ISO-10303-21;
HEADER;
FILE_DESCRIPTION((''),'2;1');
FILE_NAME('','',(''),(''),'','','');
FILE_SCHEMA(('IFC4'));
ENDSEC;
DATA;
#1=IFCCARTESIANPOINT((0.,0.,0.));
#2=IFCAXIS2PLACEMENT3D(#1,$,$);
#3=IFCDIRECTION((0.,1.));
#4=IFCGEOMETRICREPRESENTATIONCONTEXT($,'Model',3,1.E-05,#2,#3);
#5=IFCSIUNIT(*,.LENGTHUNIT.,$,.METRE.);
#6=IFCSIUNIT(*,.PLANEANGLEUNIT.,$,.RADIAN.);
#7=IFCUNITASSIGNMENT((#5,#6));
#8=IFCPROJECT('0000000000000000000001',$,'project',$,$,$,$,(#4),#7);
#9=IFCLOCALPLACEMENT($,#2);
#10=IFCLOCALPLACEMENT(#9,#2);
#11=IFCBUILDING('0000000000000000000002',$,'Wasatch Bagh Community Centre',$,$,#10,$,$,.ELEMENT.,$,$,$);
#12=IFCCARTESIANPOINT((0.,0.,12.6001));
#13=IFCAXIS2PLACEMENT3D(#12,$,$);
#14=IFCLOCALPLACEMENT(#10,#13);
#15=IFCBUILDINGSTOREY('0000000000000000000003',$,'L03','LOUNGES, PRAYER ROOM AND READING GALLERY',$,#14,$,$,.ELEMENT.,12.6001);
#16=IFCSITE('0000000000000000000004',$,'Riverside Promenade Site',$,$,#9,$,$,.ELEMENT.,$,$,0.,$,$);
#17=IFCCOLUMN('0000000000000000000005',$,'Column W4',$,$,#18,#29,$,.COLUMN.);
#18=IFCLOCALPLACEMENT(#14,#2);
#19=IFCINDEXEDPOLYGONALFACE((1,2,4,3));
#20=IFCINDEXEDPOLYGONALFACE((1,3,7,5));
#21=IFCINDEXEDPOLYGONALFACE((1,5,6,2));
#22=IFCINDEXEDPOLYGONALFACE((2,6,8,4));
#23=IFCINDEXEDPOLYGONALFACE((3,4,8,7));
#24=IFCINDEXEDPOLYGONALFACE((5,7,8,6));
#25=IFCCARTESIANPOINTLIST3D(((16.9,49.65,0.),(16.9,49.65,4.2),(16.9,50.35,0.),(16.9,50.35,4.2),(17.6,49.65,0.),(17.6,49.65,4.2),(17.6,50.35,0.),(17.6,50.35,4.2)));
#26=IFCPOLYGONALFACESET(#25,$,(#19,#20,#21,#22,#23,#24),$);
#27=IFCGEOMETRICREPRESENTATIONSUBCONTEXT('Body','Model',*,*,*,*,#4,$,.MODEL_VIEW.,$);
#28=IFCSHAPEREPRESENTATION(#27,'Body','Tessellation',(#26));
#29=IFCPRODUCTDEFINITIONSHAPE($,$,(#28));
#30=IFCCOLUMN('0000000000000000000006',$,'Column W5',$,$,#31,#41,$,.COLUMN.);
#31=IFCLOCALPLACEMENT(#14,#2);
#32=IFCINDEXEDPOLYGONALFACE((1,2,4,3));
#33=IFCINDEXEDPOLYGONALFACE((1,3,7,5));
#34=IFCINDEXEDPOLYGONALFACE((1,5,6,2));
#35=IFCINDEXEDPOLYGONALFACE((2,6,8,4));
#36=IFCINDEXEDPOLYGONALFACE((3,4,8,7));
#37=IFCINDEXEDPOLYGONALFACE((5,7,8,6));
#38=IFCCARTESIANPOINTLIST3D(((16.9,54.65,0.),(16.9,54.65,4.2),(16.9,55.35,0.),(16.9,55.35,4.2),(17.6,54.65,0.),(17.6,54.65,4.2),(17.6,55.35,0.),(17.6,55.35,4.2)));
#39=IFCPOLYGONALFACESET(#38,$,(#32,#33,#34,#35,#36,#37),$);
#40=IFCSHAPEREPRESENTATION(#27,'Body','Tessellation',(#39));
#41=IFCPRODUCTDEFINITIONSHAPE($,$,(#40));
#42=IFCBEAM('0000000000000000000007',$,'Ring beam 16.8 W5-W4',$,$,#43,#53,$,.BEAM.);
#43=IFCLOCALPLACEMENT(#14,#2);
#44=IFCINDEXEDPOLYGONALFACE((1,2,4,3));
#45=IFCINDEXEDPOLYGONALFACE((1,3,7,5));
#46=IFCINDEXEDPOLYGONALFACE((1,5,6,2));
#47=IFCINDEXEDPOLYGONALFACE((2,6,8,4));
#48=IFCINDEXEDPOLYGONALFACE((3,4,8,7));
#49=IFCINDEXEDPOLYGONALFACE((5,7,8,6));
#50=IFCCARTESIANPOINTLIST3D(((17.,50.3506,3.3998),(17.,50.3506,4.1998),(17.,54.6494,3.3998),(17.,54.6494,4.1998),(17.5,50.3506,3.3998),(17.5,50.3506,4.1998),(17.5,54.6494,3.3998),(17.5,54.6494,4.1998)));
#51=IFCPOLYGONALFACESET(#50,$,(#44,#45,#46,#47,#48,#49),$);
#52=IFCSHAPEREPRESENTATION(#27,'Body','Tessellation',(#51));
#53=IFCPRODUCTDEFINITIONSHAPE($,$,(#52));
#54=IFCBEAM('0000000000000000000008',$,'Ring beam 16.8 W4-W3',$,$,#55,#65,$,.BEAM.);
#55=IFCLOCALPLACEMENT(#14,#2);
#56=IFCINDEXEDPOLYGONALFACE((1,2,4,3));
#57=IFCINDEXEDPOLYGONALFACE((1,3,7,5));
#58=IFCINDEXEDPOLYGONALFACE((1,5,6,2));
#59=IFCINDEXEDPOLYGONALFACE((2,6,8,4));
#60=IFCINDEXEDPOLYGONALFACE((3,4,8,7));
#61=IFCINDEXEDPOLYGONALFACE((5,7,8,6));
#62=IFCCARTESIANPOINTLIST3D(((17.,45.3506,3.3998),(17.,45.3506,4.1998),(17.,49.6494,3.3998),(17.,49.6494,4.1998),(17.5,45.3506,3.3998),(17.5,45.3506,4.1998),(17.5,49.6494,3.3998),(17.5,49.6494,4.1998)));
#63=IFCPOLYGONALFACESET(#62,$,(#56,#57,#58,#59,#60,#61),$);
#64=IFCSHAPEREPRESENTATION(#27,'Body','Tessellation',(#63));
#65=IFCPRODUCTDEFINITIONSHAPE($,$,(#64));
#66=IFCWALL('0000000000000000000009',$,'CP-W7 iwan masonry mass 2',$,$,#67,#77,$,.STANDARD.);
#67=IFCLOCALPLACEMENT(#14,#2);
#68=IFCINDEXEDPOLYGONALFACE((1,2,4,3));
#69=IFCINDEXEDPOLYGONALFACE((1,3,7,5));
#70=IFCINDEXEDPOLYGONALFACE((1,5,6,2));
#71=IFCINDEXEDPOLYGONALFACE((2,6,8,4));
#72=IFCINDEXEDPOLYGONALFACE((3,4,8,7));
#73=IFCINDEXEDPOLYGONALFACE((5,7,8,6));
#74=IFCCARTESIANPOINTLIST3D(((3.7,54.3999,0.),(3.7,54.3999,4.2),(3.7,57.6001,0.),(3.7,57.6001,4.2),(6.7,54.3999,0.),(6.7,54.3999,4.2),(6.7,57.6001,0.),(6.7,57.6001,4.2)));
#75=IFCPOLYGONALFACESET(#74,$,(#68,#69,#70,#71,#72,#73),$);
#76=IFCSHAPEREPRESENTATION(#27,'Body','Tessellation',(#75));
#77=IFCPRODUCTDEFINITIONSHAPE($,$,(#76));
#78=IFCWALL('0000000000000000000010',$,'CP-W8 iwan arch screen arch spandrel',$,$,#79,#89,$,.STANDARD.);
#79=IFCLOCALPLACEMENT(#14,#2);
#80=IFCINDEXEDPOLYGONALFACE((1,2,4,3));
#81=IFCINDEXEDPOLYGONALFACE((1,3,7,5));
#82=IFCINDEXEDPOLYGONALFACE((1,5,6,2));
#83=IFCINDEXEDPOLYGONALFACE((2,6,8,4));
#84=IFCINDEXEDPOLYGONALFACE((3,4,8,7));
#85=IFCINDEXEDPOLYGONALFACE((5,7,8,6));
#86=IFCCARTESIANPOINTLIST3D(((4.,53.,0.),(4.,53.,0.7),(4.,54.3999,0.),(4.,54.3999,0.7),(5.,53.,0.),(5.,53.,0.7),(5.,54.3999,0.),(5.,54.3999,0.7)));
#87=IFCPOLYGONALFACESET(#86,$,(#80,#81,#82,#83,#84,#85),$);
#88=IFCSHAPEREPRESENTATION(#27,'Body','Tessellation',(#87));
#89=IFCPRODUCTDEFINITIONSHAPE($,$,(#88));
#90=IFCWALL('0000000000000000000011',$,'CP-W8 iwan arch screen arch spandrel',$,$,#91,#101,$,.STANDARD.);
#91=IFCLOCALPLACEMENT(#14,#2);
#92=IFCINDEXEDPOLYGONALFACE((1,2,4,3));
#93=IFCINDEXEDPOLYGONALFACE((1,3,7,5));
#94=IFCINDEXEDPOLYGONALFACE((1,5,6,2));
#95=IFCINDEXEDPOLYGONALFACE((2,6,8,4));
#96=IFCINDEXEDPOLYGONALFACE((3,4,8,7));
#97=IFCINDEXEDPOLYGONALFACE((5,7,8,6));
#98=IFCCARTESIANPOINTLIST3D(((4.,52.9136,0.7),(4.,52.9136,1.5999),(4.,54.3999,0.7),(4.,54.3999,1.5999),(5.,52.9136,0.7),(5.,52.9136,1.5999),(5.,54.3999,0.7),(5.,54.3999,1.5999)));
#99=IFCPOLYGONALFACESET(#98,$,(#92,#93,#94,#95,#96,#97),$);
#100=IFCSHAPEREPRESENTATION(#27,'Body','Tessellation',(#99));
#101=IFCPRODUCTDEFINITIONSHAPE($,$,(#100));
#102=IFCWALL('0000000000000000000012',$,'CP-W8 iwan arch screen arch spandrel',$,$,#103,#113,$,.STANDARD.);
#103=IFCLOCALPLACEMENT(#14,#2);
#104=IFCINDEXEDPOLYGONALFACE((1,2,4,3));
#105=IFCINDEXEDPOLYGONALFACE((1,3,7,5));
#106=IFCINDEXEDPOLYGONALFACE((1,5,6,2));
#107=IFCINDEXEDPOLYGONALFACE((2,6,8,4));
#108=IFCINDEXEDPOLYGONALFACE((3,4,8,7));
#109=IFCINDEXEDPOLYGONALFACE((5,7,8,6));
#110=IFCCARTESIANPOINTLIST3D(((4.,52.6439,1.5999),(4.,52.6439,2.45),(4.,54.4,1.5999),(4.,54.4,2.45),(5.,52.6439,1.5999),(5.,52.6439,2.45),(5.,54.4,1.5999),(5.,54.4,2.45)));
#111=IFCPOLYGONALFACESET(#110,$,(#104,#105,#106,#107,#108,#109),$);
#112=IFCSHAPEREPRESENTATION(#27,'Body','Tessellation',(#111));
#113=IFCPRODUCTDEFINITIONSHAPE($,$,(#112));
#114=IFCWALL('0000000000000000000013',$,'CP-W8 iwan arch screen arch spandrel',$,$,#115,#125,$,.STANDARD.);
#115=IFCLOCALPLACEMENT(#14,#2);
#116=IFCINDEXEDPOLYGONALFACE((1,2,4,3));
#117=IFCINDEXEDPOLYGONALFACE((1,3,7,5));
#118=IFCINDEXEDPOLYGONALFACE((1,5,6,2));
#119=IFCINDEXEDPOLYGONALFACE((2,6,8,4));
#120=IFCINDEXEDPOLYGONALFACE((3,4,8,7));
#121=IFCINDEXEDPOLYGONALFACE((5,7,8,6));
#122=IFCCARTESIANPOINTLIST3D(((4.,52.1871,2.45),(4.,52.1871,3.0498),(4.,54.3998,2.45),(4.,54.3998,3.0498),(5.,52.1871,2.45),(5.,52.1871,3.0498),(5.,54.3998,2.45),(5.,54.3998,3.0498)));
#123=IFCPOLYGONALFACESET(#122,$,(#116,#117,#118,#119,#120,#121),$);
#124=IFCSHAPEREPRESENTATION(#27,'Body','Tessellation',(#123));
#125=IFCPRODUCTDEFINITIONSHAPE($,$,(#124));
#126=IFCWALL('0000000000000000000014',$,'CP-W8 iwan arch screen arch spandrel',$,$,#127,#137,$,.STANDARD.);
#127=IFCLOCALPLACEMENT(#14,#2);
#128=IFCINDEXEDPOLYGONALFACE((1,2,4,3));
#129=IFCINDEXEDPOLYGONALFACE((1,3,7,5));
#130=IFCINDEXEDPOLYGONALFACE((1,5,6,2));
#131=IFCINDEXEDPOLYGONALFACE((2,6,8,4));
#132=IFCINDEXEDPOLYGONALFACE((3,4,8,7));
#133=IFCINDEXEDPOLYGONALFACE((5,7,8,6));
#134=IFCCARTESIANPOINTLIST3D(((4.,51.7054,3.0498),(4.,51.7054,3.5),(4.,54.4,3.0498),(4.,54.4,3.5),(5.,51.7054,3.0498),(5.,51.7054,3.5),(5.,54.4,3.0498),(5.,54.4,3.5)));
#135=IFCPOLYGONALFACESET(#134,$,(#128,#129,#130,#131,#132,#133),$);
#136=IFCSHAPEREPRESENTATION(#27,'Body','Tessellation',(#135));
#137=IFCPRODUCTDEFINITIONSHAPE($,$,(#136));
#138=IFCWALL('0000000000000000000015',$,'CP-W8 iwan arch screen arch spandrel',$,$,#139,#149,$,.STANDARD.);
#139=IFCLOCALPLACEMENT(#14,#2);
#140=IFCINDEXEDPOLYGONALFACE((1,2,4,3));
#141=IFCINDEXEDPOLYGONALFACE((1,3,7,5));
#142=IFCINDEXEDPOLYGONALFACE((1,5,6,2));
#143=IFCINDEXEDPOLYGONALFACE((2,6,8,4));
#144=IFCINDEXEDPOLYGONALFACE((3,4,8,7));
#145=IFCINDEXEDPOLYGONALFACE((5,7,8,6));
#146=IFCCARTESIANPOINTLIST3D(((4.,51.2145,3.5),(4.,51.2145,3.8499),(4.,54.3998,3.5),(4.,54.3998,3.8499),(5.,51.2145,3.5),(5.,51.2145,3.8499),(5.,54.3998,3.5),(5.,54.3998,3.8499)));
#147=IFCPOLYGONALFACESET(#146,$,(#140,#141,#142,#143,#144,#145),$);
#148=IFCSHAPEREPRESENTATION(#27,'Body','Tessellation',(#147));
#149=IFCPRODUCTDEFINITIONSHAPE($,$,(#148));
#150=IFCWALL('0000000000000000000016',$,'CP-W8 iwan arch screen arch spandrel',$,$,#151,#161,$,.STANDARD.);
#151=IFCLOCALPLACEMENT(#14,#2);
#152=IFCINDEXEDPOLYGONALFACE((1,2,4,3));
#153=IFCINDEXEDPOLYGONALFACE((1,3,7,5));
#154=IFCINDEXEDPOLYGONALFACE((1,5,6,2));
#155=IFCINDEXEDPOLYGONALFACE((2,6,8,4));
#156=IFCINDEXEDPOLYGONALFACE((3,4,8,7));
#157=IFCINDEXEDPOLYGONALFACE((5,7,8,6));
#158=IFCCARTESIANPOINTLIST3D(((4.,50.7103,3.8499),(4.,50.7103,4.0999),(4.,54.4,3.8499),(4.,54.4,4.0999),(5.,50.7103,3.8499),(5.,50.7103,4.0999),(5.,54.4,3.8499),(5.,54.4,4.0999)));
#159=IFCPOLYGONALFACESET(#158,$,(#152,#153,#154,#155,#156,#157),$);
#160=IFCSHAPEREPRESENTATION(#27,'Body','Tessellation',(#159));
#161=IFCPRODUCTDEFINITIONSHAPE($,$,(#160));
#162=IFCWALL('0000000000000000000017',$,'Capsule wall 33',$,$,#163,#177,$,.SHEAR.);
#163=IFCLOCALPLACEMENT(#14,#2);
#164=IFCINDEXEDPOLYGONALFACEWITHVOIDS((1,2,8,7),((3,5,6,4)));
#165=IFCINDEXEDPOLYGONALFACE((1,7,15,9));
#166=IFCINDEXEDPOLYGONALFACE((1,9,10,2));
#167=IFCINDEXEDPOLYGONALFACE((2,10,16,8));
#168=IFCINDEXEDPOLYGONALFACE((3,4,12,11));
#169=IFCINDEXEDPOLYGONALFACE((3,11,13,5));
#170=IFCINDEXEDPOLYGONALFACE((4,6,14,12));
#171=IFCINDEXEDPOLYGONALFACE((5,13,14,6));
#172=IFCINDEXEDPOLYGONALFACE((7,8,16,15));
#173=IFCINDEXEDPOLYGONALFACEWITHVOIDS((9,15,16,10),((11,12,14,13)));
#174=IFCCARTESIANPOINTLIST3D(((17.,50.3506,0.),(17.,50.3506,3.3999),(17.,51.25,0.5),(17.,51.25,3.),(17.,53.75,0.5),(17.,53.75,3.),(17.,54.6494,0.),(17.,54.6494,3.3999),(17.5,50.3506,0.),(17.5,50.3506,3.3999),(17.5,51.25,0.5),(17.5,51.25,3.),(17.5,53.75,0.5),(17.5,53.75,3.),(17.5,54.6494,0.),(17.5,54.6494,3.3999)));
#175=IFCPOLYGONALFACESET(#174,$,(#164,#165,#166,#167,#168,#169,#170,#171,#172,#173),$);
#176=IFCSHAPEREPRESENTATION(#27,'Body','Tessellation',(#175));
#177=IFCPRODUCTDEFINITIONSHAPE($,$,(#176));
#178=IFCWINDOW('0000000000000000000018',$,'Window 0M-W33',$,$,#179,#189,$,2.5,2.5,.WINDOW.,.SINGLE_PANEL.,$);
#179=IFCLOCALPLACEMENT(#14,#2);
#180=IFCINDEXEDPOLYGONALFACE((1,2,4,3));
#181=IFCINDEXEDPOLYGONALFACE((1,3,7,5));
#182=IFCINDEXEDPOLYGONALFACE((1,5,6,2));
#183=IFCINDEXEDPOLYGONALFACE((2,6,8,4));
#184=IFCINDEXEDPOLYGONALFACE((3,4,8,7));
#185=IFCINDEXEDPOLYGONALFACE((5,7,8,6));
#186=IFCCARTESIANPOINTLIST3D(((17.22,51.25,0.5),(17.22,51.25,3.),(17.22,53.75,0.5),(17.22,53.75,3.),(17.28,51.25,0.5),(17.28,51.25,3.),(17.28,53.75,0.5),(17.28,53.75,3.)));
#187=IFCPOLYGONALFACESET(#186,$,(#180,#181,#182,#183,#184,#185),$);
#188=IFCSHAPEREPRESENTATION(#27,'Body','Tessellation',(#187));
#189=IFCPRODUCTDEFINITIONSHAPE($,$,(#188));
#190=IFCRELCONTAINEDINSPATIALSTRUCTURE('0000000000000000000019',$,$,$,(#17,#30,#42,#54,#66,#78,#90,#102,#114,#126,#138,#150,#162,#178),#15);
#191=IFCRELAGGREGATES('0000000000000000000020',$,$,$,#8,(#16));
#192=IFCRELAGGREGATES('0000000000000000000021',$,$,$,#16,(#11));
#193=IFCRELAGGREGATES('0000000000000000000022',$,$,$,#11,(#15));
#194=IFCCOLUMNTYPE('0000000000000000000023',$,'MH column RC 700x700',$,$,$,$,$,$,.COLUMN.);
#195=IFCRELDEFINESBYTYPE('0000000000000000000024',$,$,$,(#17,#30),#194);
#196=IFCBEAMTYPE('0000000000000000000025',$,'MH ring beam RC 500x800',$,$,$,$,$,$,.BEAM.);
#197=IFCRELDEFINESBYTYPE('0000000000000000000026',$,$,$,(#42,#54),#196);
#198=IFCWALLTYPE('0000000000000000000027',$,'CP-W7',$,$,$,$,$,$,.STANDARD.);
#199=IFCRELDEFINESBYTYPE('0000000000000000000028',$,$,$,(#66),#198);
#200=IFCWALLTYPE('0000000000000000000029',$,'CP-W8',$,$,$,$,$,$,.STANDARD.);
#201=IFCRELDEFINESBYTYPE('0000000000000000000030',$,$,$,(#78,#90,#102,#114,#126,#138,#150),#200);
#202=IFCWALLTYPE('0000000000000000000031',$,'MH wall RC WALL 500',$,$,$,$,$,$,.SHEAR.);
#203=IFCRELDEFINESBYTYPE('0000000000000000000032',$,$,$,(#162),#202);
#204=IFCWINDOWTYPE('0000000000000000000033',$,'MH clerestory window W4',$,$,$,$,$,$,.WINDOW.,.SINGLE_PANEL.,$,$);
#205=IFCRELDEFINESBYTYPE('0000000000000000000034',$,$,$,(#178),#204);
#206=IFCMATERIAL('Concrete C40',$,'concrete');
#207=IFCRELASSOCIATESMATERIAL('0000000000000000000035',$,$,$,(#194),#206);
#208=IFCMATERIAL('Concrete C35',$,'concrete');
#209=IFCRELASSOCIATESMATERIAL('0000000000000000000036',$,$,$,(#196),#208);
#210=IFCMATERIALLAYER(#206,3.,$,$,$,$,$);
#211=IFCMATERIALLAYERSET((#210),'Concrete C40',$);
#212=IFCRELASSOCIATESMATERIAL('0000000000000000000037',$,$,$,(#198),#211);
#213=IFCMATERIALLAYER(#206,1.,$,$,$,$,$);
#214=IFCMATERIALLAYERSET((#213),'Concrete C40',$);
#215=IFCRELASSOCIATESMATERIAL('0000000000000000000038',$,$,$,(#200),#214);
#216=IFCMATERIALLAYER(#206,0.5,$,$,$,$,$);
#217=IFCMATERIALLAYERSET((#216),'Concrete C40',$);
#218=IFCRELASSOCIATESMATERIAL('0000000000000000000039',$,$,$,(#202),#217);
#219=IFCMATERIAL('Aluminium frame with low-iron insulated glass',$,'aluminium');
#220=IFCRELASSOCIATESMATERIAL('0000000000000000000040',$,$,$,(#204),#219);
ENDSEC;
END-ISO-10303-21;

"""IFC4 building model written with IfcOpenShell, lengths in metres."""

from ifc_helpers import new_model, si_unit, direction, frame, frame_2d, origin, origin_2d, place, context, subcontext, project, spatial, rectangle, extrude, material, layer, layer_set, material_profile, profile_set, type_object, element, fill, save


model = new_model("IFC4")

# Units and contexts
model_context = context("Model", 3, precision=1e-05, world=origin(), true_north=direction((0.0, 1.0)))
body_context = subcontext(model_context, "Body", "Model", "MODEL_VIEW")
ifc_project = project(units=[si_unit("LENGTHUNIT", "METRE"), si_unit("PLANEANGLEUNIT", "RADIAN")], contexts=[model_context])

# Site, building, storey
site_placement = place(None, origin())
site = spatial("IfcSite", under=ifc_project, at=site_placement, Name="Riverside Promenade Site", CompositionType="ELEMENT", RefElevation=0.0)
building_placement = place(site_placement, origin())
building = spatial("IfcBuilding", under=site, at=building_placement, Name="Wasatch Bagh Community Centre", CompositionType="ELEMENT")
storey_placement = place(building_placement, frame((0.0, 0.0, 12.6001)))
storey = spatial("IfcBuildingStorey", under=building, at=storey_placement, Name="L03", Description="LOUNGES, PRAYER ROOM AND READING GALLERY", CompositionType="ELEMENT", Elevation=12.6001)

# Columns
ifc_material_1 = material(Name="Concrete C40", Category="concrete")
ifc_material_profile_1 = material_profile(ifc_material_1, rectangle(XDim=0.7, YDim=0.7, at=origin_2d()), Name="RC 700x700")
ifc_profile_set_1 = profile_set([ifc_material_profile_1], Name="Concrete C40")
column_type = type_object("IfcColumnType", Name="MH column RC 700x700", PredefinedType="COLUMN", material=ifc_profile_set_1)
for number, where, z_axis, x_axis, name in (
    (1, (17.25, 50.0, 0.0), (0.0, 0.0, 1.0), (1.0, 0.0, 0.0), "Column W4"),
    (2, (17.25, 55.0, 0.0), (0.0, 0.0, 1.0), (1.0, 0.0, 0.0), "Column W5"),
):
    element("IfcColumn", number, at=place(storey_placement, frame(where, z_axis=z_axis, x_axis=x_axis)), inside=storey, type_object=column_type, Name=name, PredefinedType="COLUMN", context=body_context, shape_type="SweptSolid", body=[
        extrude(rectangle(XDim=0.7, YDim=0.7, at=origin_2d()), origin(), (0.0, 0.0, 1.0), 4.2),
    ])

# Beams
ifc_material_2 = material(Name="Concrete C35", Category="concrete")
ifc_material_profile_2 = material_profile(ifc_material_2, rectangle(XDim=0.5, YDim=0.8, at=origin_2d()), Name="RC 500x800")
ifc_profile_set_2 = profile_set([ifc_material_profile_2], Name="Concrete C35")
beam_type = type_object("IfcBeamType", Name="MH ring beam RC 500x800", PredefinedType="BEAM", material=ifc_profile_set_2)
for number, where, z_axis, x_axis, name in (
    (3, (17.25, 54.6494, 3.7998), (0.0, -1.0, 0.0), (1.0, 0.0, 0.0), "Ring beam 16.8 W5-W4"),
    (4, (17.25, 49.6494, 3.7998), (0.0, -1.0, 0.0), (1.0, 0.0, 0.0), "Ring beam 16.8 W4-W3"),
):
    element("IfcBeam", number, at=place(storey_placement, frame(where, z_axis=z_axis, x_axis=x_axis)), inside=storey, type_object=beam_type, Name=name, PredefinedType="BEAM", context=body_context, shape_type="SweptSolid", body=[
        extrude(rectangle(XDim=0.5, YDim=0.8, at=origin_2d()), origin(), (0.0, 0.0, 1.0), 4.2988),
    ])

# Walls
ifc_layer_1 = layer(ifc_material_1, 3.0)
ifc_layer_set_1 = layer_set([ifc_layer_1], Name="Concrete C40")
wall_type_1 = type_object("IfcWallType", Name="CP-W7", PredefinedType="STANDARD", material=ifc_layer_set_1)
wall_1_placement = place(storey_placement, frame((5.2, 54.3999, 0.0), z_axis=(0.0, 0.0, 1.0), x_axis=(0.0, 1.0, 0.0)))
element("IfcWall", 5, at=wall_1_placement, inside=storey, type_object=wall_type_1, Name="CP-W7 iwan masonry mass 2", PredefinedType="STANDARD", context=body_context, shape_type="SweptSolid", body=[
    extrude(rectangle(XDim=3.2002, YDim=3.0, at=frame_2d((1.6001, 0.0))), origin(), (0.0, 0.0, 1.0), 4.2),
])
ifc_layer_2 = layer(ifc_material_1, 1.0)
ifc_layer_set_2 = layer_set([ifc_layer_2], Name="Concrete C40")
wall_type_2 = type_object("IfcWallType", Name="CP-W8", PredefinedType="STANDARD", material=ifc_layer_set_2)
wall_2_placement = place(storey_placement, frame((4.5, 54.3999, 0.0), z_axis=(0.0, 0.0, 1.0), x_axis=(0.0, -1.0, 0.0)))
element("IfcWall", 6, at=wall_2_placement, inside=storey, type_object=wall_type_2, Name="CP-W8 iwan arch screen arch spandrel", PredefinedType="STANDARD", context=body_context, shape_type="SweptSolid", body=[
    extrude(rectangle(XDim=1.3999, YDim=1.0, at=frame_2d((0.7, 0.0))), origin(), (0.0, 0.0, 1.0), 0.7),
])
wall_3_placement = place(storey_placement, frame((4.5, 54.3999, 0.7), z_axis=(0.0, 0.0, 1.0), x_axis=(0.0, -1.0, 0.0)))
element("IfcWall", 7, at=wall_3_placement, inside=storey, type_object=wall_type_2, Name="CP-W8 iwan arch screen arch spandrel", PredefinedType="STANDARD", context=body_context, shape_type="SweptSolid", body=[
    extrude(rectangle(XDim=1.4863, YDim=1.0, at=frame_2d((0.7432, 0.0))), origin(), (0.0, 0.0, 1.0), 0.8999),
])
wall_4_placement = place(storey_placement, frame((4.5, 54.3999, 1.5999), z_axis=(0.0, 0.0, 1.0), x_axis=(0.0, -1.0, 0.0)))
element("IfcWall", 8, at=wall_4_placement, inside=storey, type_object=wall_type_2, Name="CP-W8 iwan arch screen arch spandrel", PredefinedType="STANDARD", context=body_context, shape_type="SweptSolid", body=[
    extrude(rectangle(XDim=1.7561, YDim=1.0, at=frame_2d((0.8779, 0.0))), origin(), (0.0, 0.0, 1.0), 0.8501),
])
wall_5_placement = place(storey_placement, frame((4.5, 54.3999, 2.45), z_axis=(0.0, 0.0, 1.0), x_axis=(0.0, -1.0, 0.0)))
element("IfcWall", 9, at=wall_5_placement, inside=storey, type_object=wall_type_2, Name="CP-W8 iwan arch screen arch spandrel", PredefinedType="STANDARD", context=body_context, shape_type="SweptSolid", body=[
    extrude(rectangle(XDim=2.2126, YDim=1.0, at=frame_2d((1.1064, 0.0))), origin(), (0.0, 0.0, 1.0), 0.5999),
])
wall_6_placement = place(storey_placement, frame((4.5, 54.3999, 3.0498), z_axis=(0.0, 0.0, 1.0), x_axis=(0.0, -1.0, 0.0)))
element("IfcWall", 10, at=wall_6_placement, inside=storey, type_object=wall_type_2, Name="CP-W8 iwan arch screen arch spandrel", PredefinedType="STANDARD", context=body_context, shape_type="SweptSolid", body=[
    extrude(rectangle(XDim=2.6946, YDim=1.0, at=frame_2d((1.3472, 0.0))), origin(), (0.0, 0.0, 1.0), 0.4502),
])
wall_7_placement = place(storey_placement, frame((4.5, 54.3999, 3.5), z_axis=(0.0, 0.0, 1.0), x_axis=(0.0, -1.0, 0.0)))
element("IfcWall", 11, at=wall_7_placement, inside=storey, type_object=wall_type_2, Name="CP-W8 iwan arch screen arch spandrel", PredefinedType="STANDARD", context=body_context, shape_type="SweptSolid", body=[
    extrude(rectangle(XDim=3.1853, YDim=1.0, at=frame_2d((1.5928, 0.0))), origin(), (0.0, 0.0, 1.0), 0.3499),
])
wall_8_placement = place(storey_placement, frame((4.5, 54.3999, 3.8499), z_axis=(0.0, 0.0, 1.0), x_axis=(0.0, -1.0, 0.0)))
element("IfcWall", 12, at=wall_8_placement, inside=storey, type_object=wall_type_2, Name="CP-W8 iwan arch screen arch spandrel", PredefinedType="STANDARD", context=body_context, shape_type="SweptSolid", body=[
    extrude(rectangle(XDim=3.6897, YDim=1.0, at=frame_2d((1.8447, 0.0))), origin(), (0.0, 0.0, 1.0), 0.25),
])

# Wall, opening, window
ifc_layer_3 = layer(ifc_material_1, 0.5)
ifc_layer_set_3 = layer_set([ifc_layer_3], Name="Concrete C40")
wall_type_3 = type_object("IfcWallType", Name="MH wall RC WALL 500", PredefinedType="SHEAR", material=ifc_layer_set_3)
wall_9_placement = place(storey_placement, frame((17.25, 54.6494, 0.0), z_axis=(0.0, 0.0, 1.0), x_axis=(0.0, -1.0, 0.0)))
wall_9 = element("IfcWall", 13, at=wall_9_placement, inside=storey, type_object=wall_type_3, Name="Capsule wall 33", PredefinedType="SHEAR", context=body_context, shape_type="SweptSolid", body=[
    extrude(rectangle(XDim=4.2988, YDim=0.5, at=frame_2d((2.1494, 0.0))), origin(), (0.0, 0.0, 1.0), 3.3999),
])
opening_1_placement = place(wall_9_placement, frame((0.8994, 0.0, 0.5)))
opening_1 = element("IfcOpeningElement", 14, at=opening_1_placement, cuts=wall_9, PredefinedType="OPENING", context=body_context, shape_type="SweptSolid", body=[
    extrude(rectangle(XDim=2.5, YDim=2.5, at=frame_2d((1.25, 1.25))), frame((0.0, 0.26, 0.0), z_axis=(0.0, -1.0, 0.0), x_axis=(1.0, 0.0, 0.0)), (0.0, 0.0, 1.0), 0.52),
])
ifc_material_3 = material(Name="Aluminium frame with low-iron insulated glass", Category="aluminium")
window_type = type_object("IfcWindowType", Name="MH clerestory window W4", PartitioningType="SINGLE_PANEL", PredefinedType="WINDOW", material=ifc_material_3)
window_1_placement = place(opening_1_placement, origin())
window_1 = element("IfcWindow", 15, at=window_1_placement, inside=storey, type_object=window_type, Name="Window 0M-W33", OverallHeight=2.5, OverallWidth=2.5, PartitioningType="SINGLE_PANEL", PredefinedType="WINDOW", context=body_context, shape_type="SweptSolid", body=[
    extrude(rectangle(XDim=2.5, YDim=2.5, at=frame_2d((1.25, 1.25))), frame((0.0, 0.03, 0.0), z_axis=(0.0, -1.0, 0.0), x_axis=(1.0, 0.0, 0.0)), (0.0, 0.0, 1.0), 0.0601),
])
fill(opening_1, window_1)

save(model, "model.ifc")
